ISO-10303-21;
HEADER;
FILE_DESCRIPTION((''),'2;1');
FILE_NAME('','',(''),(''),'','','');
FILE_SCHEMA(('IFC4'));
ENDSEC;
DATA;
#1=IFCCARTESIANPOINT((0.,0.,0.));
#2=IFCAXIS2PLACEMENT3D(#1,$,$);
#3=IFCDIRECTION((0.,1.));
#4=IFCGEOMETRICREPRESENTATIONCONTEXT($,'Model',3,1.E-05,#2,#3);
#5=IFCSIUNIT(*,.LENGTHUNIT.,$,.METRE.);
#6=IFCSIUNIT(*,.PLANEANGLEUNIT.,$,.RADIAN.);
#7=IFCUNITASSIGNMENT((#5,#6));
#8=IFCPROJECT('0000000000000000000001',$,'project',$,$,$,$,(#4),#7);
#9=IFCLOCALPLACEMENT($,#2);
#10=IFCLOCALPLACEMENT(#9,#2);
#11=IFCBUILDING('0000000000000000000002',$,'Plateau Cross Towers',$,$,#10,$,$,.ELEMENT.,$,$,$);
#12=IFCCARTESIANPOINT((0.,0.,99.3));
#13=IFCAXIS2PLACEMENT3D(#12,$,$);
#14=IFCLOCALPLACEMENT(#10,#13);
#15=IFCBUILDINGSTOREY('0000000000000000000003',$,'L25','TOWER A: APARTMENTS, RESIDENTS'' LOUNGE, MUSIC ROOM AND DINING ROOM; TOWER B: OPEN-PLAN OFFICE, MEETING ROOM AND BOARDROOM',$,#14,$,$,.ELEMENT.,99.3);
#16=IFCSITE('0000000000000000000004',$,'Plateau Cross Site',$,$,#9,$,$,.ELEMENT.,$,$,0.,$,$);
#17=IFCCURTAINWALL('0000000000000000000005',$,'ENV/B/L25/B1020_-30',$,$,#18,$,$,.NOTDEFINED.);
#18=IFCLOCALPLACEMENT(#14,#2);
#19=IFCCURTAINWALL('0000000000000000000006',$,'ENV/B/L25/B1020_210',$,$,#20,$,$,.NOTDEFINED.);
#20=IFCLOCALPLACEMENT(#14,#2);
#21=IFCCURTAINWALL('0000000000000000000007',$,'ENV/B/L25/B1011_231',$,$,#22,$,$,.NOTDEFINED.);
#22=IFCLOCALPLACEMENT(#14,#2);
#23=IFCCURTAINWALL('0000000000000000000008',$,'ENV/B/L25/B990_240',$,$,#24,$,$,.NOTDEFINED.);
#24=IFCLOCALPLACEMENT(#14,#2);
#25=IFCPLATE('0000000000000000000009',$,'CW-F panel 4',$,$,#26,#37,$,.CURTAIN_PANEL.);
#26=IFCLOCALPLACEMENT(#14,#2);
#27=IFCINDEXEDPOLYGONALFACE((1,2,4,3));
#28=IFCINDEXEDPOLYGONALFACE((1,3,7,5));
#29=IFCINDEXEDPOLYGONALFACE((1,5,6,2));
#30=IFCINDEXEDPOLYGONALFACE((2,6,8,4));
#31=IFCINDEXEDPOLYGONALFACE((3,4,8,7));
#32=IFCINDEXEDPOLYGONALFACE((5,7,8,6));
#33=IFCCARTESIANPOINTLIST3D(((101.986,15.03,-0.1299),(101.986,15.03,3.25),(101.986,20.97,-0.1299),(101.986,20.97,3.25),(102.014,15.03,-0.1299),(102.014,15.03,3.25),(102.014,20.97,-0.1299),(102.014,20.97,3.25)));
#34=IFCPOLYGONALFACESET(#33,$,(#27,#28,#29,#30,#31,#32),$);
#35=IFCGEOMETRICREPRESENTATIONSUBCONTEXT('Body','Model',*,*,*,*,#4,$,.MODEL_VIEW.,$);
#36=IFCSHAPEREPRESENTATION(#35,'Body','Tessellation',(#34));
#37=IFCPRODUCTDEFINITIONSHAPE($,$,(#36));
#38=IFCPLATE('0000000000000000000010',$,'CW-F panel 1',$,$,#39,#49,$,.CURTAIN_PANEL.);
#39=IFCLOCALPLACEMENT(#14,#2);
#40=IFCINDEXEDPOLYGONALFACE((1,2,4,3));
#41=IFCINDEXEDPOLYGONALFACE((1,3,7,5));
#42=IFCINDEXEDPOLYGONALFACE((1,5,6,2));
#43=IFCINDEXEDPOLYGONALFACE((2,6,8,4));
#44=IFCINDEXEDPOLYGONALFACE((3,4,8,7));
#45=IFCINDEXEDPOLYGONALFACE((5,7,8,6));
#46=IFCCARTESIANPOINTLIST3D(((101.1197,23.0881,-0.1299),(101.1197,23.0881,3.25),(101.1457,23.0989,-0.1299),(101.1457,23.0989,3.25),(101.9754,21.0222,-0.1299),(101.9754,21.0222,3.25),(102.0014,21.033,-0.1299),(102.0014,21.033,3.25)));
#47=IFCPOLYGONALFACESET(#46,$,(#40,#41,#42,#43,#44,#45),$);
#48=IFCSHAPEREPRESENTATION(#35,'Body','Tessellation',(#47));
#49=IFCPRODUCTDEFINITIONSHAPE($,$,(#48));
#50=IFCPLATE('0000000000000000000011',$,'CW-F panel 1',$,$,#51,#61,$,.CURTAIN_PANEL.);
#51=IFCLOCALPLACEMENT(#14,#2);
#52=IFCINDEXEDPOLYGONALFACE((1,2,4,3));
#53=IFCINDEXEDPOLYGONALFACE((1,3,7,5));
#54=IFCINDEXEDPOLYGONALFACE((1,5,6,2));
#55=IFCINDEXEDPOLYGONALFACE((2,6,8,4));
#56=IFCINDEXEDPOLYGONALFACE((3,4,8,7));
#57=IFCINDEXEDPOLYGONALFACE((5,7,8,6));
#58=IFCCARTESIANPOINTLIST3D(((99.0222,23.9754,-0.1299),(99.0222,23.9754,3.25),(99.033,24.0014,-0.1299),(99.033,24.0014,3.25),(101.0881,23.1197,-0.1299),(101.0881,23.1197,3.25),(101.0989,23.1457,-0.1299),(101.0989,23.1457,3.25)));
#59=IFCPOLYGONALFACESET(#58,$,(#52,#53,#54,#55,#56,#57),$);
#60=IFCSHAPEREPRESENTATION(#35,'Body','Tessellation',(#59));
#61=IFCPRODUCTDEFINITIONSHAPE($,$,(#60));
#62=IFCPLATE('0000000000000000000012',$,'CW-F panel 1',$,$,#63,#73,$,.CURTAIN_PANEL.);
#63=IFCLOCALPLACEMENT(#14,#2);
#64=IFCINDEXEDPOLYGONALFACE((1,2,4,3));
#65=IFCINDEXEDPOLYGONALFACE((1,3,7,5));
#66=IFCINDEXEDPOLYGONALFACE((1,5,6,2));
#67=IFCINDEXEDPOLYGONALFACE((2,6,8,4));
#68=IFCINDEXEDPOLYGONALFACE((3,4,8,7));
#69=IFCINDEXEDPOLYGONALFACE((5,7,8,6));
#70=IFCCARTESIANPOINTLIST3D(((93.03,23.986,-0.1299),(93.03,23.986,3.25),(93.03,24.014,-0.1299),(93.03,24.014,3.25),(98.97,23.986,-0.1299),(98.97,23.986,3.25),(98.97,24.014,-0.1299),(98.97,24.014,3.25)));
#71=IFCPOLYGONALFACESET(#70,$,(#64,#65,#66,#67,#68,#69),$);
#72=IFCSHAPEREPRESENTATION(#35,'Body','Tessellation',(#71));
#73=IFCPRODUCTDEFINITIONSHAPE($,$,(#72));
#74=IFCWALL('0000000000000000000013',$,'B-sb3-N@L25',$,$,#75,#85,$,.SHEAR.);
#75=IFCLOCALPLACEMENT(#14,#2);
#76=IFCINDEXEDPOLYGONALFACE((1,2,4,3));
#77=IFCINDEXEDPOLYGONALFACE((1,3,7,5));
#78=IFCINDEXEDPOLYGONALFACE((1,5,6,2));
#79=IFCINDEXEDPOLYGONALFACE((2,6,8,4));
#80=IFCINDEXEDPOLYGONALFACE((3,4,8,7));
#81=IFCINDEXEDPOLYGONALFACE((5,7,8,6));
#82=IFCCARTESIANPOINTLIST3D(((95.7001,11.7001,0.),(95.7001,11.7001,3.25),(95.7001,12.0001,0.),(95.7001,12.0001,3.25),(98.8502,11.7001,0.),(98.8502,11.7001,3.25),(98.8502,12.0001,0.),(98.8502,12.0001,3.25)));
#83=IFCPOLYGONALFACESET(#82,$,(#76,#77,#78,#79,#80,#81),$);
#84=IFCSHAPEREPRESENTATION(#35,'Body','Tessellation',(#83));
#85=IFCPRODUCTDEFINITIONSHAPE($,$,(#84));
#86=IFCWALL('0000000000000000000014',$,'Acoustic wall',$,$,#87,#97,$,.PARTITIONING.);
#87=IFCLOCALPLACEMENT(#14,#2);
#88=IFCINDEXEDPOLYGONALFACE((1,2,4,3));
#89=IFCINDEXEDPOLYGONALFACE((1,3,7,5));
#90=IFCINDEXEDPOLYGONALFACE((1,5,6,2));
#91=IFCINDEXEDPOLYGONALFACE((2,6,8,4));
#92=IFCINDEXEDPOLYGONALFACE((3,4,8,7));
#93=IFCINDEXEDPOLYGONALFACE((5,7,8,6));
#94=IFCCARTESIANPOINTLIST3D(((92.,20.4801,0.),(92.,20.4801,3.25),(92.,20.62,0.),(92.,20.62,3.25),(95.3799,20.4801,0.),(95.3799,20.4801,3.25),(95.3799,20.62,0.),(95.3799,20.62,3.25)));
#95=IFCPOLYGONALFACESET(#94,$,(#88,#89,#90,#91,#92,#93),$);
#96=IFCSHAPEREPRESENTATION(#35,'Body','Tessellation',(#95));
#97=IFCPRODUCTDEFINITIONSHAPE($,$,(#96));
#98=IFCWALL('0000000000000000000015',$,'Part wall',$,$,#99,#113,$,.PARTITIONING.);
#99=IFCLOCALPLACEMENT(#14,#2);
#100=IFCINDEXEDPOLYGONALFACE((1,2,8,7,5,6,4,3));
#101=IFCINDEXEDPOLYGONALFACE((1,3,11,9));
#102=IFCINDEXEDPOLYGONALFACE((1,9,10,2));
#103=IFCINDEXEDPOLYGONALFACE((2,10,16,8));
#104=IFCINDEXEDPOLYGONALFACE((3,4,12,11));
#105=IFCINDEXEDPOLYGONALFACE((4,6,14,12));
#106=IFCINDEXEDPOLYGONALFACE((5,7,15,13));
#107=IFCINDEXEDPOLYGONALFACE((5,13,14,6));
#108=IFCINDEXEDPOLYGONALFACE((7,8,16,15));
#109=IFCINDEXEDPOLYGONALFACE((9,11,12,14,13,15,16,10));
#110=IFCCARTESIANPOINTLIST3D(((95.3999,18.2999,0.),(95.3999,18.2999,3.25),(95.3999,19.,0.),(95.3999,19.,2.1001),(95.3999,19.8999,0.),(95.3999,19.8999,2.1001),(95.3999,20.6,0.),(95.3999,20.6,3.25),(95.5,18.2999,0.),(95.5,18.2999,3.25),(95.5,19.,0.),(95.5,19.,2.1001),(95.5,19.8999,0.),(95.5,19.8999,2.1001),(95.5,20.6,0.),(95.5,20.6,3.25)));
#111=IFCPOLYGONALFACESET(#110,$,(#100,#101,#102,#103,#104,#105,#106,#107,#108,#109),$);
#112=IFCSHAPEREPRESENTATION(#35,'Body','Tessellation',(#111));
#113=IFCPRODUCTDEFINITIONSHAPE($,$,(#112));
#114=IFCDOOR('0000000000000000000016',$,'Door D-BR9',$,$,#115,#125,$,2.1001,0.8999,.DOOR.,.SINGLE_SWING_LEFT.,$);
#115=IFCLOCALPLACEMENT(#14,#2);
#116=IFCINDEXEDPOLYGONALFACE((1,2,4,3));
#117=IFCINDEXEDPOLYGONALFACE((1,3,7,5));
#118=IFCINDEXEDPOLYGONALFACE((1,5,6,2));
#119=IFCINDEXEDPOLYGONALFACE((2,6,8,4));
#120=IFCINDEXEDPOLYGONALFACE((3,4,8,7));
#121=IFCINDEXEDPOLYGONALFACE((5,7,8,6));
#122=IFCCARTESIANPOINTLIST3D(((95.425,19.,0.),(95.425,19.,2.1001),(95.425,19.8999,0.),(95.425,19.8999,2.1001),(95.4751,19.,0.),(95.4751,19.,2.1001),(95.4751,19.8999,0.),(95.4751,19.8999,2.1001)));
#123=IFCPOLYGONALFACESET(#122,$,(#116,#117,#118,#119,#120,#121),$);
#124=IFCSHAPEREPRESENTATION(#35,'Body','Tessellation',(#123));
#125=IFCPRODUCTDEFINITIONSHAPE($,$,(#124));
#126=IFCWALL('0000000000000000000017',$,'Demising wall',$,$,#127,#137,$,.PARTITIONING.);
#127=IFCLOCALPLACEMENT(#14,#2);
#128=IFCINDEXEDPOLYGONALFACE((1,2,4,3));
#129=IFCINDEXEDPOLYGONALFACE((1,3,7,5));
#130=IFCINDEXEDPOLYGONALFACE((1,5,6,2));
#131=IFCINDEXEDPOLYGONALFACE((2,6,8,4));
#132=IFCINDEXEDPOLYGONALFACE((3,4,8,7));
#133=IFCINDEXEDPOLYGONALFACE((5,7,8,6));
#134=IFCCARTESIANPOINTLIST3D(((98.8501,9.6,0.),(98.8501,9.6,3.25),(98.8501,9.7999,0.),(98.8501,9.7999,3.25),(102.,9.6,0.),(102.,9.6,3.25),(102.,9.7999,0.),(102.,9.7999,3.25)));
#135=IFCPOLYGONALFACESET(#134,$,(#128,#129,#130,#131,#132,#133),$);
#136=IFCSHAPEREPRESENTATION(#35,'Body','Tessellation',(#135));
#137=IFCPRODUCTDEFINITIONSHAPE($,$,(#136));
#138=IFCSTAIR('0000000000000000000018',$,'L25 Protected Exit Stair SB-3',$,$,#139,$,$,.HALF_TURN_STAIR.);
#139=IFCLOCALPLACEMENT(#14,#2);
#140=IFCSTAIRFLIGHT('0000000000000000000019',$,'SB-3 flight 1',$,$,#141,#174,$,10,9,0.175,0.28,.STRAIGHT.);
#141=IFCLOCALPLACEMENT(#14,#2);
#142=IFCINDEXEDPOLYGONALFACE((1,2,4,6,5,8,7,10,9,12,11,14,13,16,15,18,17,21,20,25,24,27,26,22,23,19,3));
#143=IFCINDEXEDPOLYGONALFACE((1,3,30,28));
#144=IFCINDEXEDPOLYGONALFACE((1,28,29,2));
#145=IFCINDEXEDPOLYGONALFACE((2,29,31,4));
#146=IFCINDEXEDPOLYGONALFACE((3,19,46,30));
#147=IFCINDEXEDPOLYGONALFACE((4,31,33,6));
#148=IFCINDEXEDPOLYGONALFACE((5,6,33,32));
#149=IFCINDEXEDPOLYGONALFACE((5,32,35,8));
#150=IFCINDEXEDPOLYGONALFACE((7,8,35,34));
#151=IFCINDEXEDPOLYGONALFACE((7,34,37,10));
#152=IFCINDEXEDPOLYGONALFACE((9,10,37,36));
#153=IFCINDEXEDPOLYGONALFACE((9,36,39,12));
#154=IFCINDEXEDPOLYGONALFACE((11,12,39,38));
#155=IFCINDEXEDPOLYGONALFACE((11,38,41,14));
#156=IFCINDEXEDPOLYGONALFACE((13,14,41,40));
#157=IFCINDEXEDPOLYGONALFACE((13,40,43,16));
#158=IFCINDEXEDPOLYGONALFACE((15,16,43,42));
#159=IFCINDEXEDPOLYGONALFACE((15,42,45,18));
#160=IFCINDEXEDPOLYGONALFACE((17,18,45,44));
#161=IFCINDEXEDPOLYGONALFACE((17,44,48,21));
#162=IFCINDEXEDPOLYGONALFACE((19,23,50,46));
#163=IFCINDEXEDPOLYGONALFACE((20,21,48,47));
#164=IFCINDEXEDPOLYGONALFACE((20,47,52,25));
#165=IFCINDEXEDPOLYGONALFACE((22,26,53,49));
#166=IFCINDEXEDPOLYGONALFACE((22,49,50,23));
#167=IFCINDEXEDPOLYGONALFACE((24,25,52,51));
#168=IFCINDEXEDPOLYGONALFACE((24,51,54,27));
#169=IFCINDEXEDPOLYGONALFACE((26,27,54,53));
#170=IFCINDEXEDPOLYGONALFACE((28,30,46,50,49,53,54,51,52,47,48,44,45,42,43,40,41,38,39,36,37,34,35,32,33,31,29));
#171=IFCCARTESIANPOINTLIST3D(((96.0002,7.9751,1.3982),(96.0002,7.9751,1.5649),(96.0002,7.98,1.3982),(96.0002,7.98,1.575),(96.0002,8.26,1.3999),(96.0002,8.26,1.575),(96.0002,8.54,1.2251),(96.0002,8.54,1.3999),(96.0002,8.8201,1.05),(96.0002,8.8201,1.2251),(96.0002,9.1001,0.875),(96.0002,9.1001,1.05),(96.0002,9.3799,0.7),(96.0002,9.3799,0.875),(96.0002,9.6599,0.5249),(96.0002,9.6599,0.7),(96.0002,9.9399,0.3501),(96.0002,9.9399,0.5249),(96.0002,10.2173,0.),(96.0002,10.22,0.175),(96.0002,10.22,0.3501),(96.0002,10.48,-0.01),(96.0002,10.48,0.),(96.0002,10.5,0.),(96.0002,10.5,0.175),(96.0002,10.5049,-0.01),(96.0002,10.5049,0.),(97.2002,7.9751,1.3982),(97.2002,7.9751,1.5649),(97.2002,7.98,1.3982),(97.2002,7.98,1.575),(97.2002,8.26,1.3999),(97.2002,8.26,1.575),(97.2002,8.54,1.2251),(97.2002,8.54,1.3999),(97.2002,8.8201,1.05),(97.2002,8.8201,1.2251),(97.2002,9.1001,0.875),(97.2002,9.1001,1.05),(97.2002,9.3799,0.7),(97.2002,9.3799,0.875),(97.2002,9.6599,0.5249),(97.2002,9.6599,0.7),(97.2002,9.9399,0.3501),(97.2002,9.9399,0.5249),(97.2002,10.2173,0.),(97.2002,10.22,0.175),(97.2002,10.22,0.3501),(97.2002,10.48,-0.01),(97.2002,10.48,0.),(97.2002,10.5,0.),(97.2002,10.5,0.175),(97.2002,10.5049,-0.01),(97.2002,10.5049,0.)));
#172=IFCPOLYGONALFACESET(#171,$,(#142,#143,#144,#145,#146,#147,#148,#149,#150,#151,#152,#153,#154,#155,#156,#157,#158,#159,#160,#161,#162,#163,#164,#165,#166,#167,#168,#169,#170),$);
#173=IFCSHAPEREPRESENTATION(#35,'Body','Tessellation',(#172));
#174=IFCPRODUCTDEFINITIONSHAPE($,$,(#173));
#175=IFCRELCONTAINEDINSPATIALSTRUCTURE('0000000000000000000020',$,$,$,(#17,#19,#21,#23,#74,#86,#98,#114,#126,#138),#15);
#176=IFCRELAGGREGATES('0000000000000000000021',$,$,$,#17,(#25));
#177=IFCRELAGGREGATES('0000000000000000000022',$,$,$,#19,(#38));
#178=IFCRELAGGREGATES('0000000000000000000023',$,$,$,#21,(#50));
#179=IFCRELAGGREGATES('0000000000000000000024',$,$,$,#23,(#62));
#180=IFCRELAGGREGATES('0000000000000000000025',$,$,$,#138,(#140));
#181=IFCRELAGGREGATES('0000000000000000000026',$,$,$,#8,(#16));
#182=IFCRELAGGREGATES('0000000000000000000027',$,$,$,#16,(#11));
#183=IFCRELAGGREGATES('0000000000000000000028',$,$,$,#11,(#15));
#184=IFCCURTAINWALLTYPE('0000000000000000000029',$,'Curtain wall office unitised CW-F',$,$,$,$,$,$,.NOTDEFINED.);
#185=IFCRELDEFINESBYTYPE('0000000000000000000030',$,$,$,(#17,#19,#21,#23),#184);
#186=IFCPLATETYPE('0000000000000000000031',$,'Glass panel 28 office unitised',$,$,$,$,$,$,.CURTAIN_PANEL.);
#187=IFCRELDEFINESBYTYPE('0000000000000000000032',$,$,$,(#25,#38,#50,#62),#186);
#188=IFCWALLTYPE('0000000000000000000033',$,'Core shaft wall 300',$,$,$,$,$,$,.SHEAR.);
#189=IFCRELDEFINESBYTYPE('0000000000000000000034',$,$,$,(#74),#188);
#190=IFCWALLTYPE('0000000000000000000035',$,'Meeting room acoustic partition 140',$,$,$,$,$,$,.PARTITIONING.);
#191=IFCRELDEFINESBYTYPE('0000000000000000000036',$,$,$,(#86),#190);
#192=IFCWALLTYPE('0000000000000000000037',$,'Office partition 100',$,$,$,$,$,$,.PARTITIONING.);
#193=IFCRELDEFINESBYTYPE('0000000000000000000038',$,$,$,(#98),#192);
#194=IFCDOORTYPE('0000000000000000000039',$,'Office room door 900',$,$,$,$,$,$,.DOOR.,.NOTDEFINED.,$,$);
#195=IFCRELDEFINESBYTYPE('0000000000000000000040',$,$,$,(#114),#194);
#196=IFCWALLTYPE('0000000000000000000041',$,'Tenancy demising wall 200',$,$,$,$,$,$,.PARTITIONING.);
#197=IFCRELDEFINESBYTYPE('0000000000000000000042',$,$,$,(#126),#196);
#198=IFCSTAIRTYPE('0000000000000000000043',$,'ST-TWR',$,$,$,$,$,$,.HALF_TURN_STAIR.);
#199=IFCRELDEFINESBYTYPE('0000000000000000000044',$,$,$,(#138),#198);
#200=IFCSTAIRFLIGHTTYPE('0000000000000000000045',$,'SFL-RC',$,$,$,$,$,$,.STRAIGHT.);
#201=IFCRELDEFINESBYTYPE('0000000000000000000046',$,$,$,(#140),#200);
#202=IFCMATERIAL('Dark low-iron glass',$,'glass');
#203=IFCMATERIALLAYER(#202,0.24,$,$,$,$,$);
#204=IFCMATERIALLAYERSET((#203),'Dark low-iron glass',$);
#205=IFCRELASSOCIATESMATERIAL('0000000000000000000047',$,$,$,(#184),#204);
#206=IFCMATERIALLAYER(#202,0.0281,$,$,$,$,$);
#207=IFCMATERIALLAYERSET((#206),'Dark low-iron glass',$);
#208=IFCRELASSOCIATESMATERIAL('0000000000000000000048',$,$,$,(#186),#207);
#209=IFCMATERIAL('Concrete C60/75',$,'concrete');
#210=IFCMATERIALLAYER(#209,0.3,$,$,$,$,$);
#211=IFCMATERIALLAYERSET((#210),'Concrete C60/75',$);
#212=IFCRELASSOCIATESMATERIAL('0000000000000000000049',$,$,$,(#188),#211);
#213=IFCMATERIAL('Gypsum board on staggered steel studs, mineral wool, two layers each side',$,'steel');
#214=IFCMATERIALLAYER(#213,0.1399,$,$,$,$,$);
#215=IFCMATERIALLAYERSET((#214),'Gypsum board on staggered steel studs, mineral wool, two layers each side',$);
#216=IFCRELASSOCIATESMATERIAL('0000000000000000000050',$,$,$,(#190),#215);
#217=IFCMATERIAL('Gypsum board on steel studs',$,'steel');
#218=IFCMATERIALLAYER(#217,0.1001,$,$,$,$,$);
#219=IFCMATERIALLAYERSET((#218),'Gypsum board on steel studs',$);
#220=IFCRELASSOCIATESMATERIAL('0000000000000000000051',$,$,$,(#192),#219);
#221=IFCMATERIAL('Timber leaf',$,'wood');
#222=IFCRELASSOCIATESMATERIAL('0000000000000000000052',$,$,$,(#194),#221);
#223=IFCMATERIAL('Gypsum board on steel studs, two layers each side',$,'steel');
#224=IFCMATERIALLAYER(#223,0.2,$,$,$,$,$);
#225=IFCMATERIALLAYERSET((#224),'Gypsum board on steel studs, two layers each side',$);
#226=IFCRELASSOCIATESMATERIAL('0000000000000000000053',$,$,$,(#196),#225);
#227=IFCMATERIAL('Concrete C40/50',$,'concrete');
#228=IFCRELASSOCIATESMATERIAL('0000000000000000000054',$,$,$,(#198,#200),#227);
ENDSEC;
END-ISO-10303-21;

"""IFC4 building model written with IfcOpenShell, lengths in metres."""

from ifc_helpers import new_model, si_unit, direction, frame, frame_2d, origin, origin_2d, place, context, subcontext, project, spatial, polyline, rectangle, outline, extrude, material, layer, layer_set, type_object, element, fill, aggregate, save


model = new_model("IFC4")

# Units and contexts
model_context = context("Model", 3, precision=1e-05, world=origin(), true_north=direction((0.0, 1.0)))
body_context = subcontext(model_context, "Body", "Model", "MODEL_VIEW")
ifc_project = project(units=[si_unit("LENGTHUNIT", "METRE"), si_unit("PLANEANGLEUNIT", "RADIAN")], contexts=[model_context])

# Site, building, storey
site_placement = place(None, origin())
site = spatial("IfcSite", under=ifc_project, at=site_placement, Name="Plateau Cross Site", CompositionType="ELEMENT", RefElevation=0.0)
building_placement = place(site_placement, origin())
building = spatial("IfcBuilding", under=site, at=building_placement, Name="Plateau Cross Towers", CompositionType="ELEMENT")
storey_placement = place(building_placement, frame((0.0, 0.0, 99.3)))
storey = spatial("IfcBuildingStorey", under=building, at=storey_placement, Name="L25", Description="TOWER A: APARTMENTS, RESIDENTS' LOUNGE, MUSIC ROOM AND DINING ROOM; TOWER B: OPEN-PLAN OFFICE, MEETING ROOM AND BOARDROOM", CompositionType="ELEMENT", Elevation=99.3)

# Shared definitions
ifc_material_1 = material(Name="Concrete C60/75", Category="concrete")

# Curtain wall
ifc_material_2 = material(Name="Dark low-iron glass", Category="glass")
ifc_layer_1 = layer(ifc_material_2, 0.24)
ifc_layer_set_1 = layer_set([ifc_layer_1], Name="Dark low-iron glass")
curtain_wall_type = type_object("IfcCurtainWallType", Name="Curtain wall office unitised CW-F", PredefinedType="NOTDEFINED", material=ifc_layer_set_1)
curtain_wall_1_placement = place(storey_placement, origin())
curtain_wall_1 = element("IfcCurtainWall", 1, at=curtain_wall_1_placement, inside=storey, type_object=curtain_wall_type, Name="ENV/B/L25/B1020_-30", PredefinedType="NOTDEFINED")

# Curtain walls
curtain_wall_2_placement = place(storey_placement, origin())
curtain_wall_2 = element("IfcCurtainWall", 2, at=curtain_wall_2_placement, inside=storey, type_object=curtain_wall_type, Name="ENV/B/L25/B1020_210", PredefinedType="NOTDEFINED")
curtain_wall_3_placement = place(storey_placement, origin())
curtain_wall_3 = element("IfcCurtainWall", 3, at=curtain_wall_3_placement, inside=storey, type_object=curtain_wall_type, Name="ENV/B/L25/B1011_231", PredefinedType="NOTDEFINED")

# Curtain wall
curtain_wall_4_placement = place(storey_placement, origin())
curtain_wall_4 = element("IfcCurtainWall", 4, at=curtain_wall_4_placement, inside=storey, type_object=curtain_wall_type, Name="ENV/B/L25/B990_240", PredefinedType="NOTDEFINED")

# Plates
ifc_layer_2 = layer(ifc_material_2, 0.0281)
ifc_layer_set_2 = layer_set([ifc_layer_2], Name="Dark low-iron glass")
plate_type = type_object("IfcPlateType", Name="Glass panel 28 office unitised", PredefinedType="CURTAIN_PANEL", material=ifc_layer_set_2)
plate_1_placement = place(storey_placement, frame((102.0, 18.0, -0.1299), z_axis=(0.0, 0.0, 1.0), x_axis=(0.0, 1.0, 0.0)))
plate_1 = element("IfcPlate", 5, at=plate_1_placement, type_object=plate_type, Name="CW-F panel 4", PredefinedType="CURTAIN_PANEL", context=body_context, shape_type="SweptSolid", body=[
    extrude(rectangle(XDim=5.9399, YDim=0.0281, at=origin_2d()), origin(), (0.0, 0.0, 1.0), 3.3799),
])
aggregate(curtain_wall_1, [plate_1])
plate_2_placement = place(storey_placement, frame((101.5605, 22.0605, -0.1299), z_axis=(0.0, 0.0, 1.0), x_axis=(-0.382684, 0.923879, 0.0)))
plate_2 = element("IfcPlate", 6, at=plate_2_placement, type_object=plate_type, Name="CW-F panel 1", PredefinedType="CURTAIN_PANEL", context=body_context, shape_type="SweptSolid", body=[
    extrude(rectangle(XDim=2.2361, YDim=0.0281, at=origin_2d()), origin(), (0.0, 0.0, 1.0), 3.3799),
])
aggregate(curtain_wall_2, [plate_2])
plate_3_placement = place(storey_placement, frame((100.0605, 23.5605, -0.1299), z_axis=(0.0, 0.0, 1.0), x_axis=(-0.923879, 0.382684, 0.0)))
plate_3 = element("IfcPlate", 7, at=plate_3_placement, type_object=plate_type, Name="CW-F panel 1", PredefinedType="CURTAIN_PANEL", context=body_context, shape_type="SweptSolid", body=[
    extrude(rectangle(XDim=2.2361, YDim=0.0281, at=origin_2d()), origin(), (0.0, 0.0, 1.0), 3.3799),
])
aggregate(curtain_wall_3, [plate_3])
plate_4_placement = place(storey_placement, frame((96.0, 24.0, -0.1299), z_axis=(0.0, 0.0, 1.0), x_axis=(-1.0, 0.0, 0.0)))
plate_4 = element("IfcPlate", 8, at=plate_4_placement, type_object=plate_type, Name="CW-F panel 1", PredefinedType="CURTAIN_PANEL", context=body_context, shape_type="SweptSolid", body=[
    extrude(rectangle(XDim=5.9399, YDim=0.0281, at=origin_2d()), origin(), (0.0, 0.0, 1.0), 3.3799),
])
aggregate(curtain_wall_4, [plate_4])

# Wall
ifc_layer_3 = layer(ifc_material_1, 0.3)
ifc_layer_set_3 = layer_set([ifc_layer_3], Name="Concrete C60/75")
wall_type_1 = type_object("IfcWallType", Name="Core shaft wall 300", PredefinedType="SHEAR", material=ifc_layer_set_3)
wall_1_placement = place(storey_placement, frame((95.7, 11.8501, 0.0), z_axis=(0.0, 0.0, 1.0), x_axis=(1.0, 0.0, 0.0)))
element("IfcWall", 9, at=wall_1_placement, inside=storey, type_object=wall_type_1, Name="B-sb3-N@L25", PredefinedType="SHEAR", context=body_context, shape_type="SweptSolid", body=[
    extrude(rectangle(XDim=3.1501, YDim=0.3, at=frame_2d((1.5752, 0.0))), origin(), (0.0, 0.0, 1.0), 3.25),
])

# Shared definitions
ifc_material_3 = material(Name="Gypsum board on staggered steel studs, mineral wool, two layers each side", Category="steel")
ifc_layer_4 = layer(ifc_material_3, 0.1399)
ifc_layer_set_4 = layer_set([ifc_layer_4], Name="Gypsum board on staggered steel studs, mineral wool, two layers each side")
wall_type_2 = type_object("IfcWallType", Name="Meeting room acoustic partition 140", PredefinedType="PARTITIONING", material=ifc_layer_set_4)

# Wall
wall_2_placement = place(storey_placement, frame((92.0, 20.55, 0.0), z_axis=(0.0, 0.0, 1.0), x_axis=(1.0, 0.0, 0.0)))
element("IfcWall", 10, at=wall_2_placement, inside=storey, type_object=wall_type_2, Name="Acoustic wall", PredefinedType="PARTITIONING", context=body_context, shape_type="SweptSolid", body=[
    extrude(rectangle(XDim=3.3799, YDim=0.1399, at=frame_2d((1.6899, 0.0))), origin(), (0.0, 0.0, 1.0), 3.25),
])

# Wall, opening, door
ifc_material_4 = material(Name="Gypsum board on steel studs", Category="steel")
ifc_layer_5 = layer(ifc_material_4, 0.1001)
ifc_layer_set_5 = layer_set([ifc_layer_5], Name="Gypsum board on steel studs")
wall_type_3 = type_object("IfcWallType", Name="Office partition 100", PredefinedType="PARTITIONING", material=ifc_layer_set_5)
wall_3_placement = place(storey_placement, frame((95.45, 18.3, 0.0), z_axis=(0.0, 0.0, 1.0), x_axis=(0.0, 1.0, 0.0)))
wall_3 = element("IfcWall", 11, at=wall_3_placement, inside=storey, type_object=wall_type_3, Name="Part wall", PredefinedType="PARTITIONING", context=body_context, shape_type="SweptSolid", body=[
    extrude(rectangle(XDim=2.3, YDim=0.1001, at=frame_2d((1.1499, 0.0))), origin(), (0.0, 0.0, 1.0), 3.25),
])
opening_1_placement = place(wall_3_placement, frame((0.7, 0.0, 0.0)))
opening_1 = element("IfcOpeningElement", 12, at=opening_1_placement, cuts=wall_3, PredefinedType="OPENING", context=body_context, shape_type="SweptSolid", body=[
    extrude(rectangle(XDim=0.8999, YDim=2.1001, at=frame_2d((0.45, 1.05))), frame((0.0, 0.0601, 0.0), z_axis=(0.0, -1.0, 0.0), x_axis=(1.0, 0.0, 0.0)), (0.0, 0.0, 1.0), 0.1201),
])
ifc_material_5 = material(Name="Timber leaf", Category="wood")
door_type_1 = type_object("IfcDoorType", Name="Office room door 900", OperationType="NOTDEFINED", PredefinedType="DOOR", material=ifc_material_5)
door_1_placement = place(opening_1_placement, origin())
door_1 = element("IfcDoor", 13, at=door_1_placement, inside=storey, type_object=door_type_1, Name="Door D-BR9", OperationType="SINGLE_SWING_LEFT", OverallHeight=2.1001, OverallWidth=0.8999, PredefinedType="DOOR", context=body_context, shape_type="SweptSolid", body=[
    extrude(rectangle(XDim=0.8999, YDim=2.1001, at=frame_2d((0.45, 1.05))), frame((0.0, 0.0249, 0.0), z_axis=(0.0, -1.0, 0.0), x_axis=(1.0, 0.0, 0.0)), (0.0, 0.0, 1.0), 0.05),
])
fill(opening_1, door_1)

# Wall
ifc_material_6 = material(Name="Gypsum board on steel studs, two layers each side", Category="steel")
ifc_layer_6 = layer(ifc_material_6, 0.2)
ifc_layer_set_6 = layer_set([ifc_layer_6], Name="Gypsum board on steel studs, two layers each side")
wall_type_4 = type_object("IfcWallType", Name="Tenancy demising wall 200", PredefinedType="PARTITIONING", material=ifc_layer_set_6)
wall_4_placement = place(storey_placement, frame((98.8501, 9.7, 0.0), z_axis=(0.0, 0.0, 1.0), x_axis=(1.0, 0.0, 0.0)))
element("IfcWall", 14, at=wall_4_placement, inside=storey, type_object=wall_type_4, Name="Demising wall", PredefinedType="PARTITIONING", context=body_context, shape_type="SweptSolid", body=[
    extrude(rectangle(XDim=3.1499, YDim=0.2, at=frame_2d((1.575, 0.0))), origin(), (0.0, 0.0, 1.0), 3.25),
])

# Stair, stair flight
ifc_material_7 = material(Name="Concrete C40/50", Category="concrete")
stair_type = type_object("IfcStairType", Name="ST-TWR", PredefinedType="HALF_TURN_STAIR", material=ifc_material_7)
stair_placement = place(storey_placement, origin())
stair = element("IfcStair", 15, at=stair_placement, inside=storey, type_object=stair_type, Name="L25 Protected Exit Stair SB-3", PredefinedType="HALF_TURN_STAIR")
stair_flight_type = type_object("IfcStairFlightType", Name="SFL-RC", PredefinedType="STRAIGHT", material=ifc_material_7)
stair_flight_1_placement = place(storey_placement, frame((96.6001, 10.5, 0.0), z_axis=(0.0, 0.0, 1.0), x_axis=(0.0, -1.0, 0.0)))
stair_flight_1 = element("IfcStairFlight", 16, at=stair_flight_1_placement, type_object=stair_flight_type, Name="SB-3 flight 1", NumberOfRisers=10, NumberOfTreads=9, PredefinedType="STRAIGHT", RiserHeight=0.175, TreadLength=0.28, context=body_context, shape_type="SweptSolid", body=[
    extrude(outline(polyline([(-0.0049, -0.01), (-0.0049, 0.0), (0.0, 0.0), (0.0, 0.175), (0.28, 0.175), (0.28, 0.3501), (0.5601, 0.3501), (0.5601, 0.5249), (0.8401, 0.5249), (0.8401, 0.7), (1.1201, 0.7), (1.1201, 0.875), (1.3999, 0.875), (1.3999, 1.05), (1.6799, 1.05), (1.6799, 1.2251), (1.96, 1.2251), (1.96, 1.3999), (2.24, 1.3999), (2.24, 1.575), (2.52, 1.575), (2.5249, 1.5649), (2.5249, 1.3982), (2.52, 1.3982), (0.2827, 0.0), (0.02, 0.0), (0.02, -0.01), (-0.0049, -0.01)])), frame((0.0, 0.6001, 0.0), z_axis=(0.0, -1.0, 0.0), x_axis=(1.0, 0.0, 0.0)), (0.0, 0.0, 1.0), 1.2),
])
aggregate(stair, [stair_flight_1])

save(model, "model.ifc")
